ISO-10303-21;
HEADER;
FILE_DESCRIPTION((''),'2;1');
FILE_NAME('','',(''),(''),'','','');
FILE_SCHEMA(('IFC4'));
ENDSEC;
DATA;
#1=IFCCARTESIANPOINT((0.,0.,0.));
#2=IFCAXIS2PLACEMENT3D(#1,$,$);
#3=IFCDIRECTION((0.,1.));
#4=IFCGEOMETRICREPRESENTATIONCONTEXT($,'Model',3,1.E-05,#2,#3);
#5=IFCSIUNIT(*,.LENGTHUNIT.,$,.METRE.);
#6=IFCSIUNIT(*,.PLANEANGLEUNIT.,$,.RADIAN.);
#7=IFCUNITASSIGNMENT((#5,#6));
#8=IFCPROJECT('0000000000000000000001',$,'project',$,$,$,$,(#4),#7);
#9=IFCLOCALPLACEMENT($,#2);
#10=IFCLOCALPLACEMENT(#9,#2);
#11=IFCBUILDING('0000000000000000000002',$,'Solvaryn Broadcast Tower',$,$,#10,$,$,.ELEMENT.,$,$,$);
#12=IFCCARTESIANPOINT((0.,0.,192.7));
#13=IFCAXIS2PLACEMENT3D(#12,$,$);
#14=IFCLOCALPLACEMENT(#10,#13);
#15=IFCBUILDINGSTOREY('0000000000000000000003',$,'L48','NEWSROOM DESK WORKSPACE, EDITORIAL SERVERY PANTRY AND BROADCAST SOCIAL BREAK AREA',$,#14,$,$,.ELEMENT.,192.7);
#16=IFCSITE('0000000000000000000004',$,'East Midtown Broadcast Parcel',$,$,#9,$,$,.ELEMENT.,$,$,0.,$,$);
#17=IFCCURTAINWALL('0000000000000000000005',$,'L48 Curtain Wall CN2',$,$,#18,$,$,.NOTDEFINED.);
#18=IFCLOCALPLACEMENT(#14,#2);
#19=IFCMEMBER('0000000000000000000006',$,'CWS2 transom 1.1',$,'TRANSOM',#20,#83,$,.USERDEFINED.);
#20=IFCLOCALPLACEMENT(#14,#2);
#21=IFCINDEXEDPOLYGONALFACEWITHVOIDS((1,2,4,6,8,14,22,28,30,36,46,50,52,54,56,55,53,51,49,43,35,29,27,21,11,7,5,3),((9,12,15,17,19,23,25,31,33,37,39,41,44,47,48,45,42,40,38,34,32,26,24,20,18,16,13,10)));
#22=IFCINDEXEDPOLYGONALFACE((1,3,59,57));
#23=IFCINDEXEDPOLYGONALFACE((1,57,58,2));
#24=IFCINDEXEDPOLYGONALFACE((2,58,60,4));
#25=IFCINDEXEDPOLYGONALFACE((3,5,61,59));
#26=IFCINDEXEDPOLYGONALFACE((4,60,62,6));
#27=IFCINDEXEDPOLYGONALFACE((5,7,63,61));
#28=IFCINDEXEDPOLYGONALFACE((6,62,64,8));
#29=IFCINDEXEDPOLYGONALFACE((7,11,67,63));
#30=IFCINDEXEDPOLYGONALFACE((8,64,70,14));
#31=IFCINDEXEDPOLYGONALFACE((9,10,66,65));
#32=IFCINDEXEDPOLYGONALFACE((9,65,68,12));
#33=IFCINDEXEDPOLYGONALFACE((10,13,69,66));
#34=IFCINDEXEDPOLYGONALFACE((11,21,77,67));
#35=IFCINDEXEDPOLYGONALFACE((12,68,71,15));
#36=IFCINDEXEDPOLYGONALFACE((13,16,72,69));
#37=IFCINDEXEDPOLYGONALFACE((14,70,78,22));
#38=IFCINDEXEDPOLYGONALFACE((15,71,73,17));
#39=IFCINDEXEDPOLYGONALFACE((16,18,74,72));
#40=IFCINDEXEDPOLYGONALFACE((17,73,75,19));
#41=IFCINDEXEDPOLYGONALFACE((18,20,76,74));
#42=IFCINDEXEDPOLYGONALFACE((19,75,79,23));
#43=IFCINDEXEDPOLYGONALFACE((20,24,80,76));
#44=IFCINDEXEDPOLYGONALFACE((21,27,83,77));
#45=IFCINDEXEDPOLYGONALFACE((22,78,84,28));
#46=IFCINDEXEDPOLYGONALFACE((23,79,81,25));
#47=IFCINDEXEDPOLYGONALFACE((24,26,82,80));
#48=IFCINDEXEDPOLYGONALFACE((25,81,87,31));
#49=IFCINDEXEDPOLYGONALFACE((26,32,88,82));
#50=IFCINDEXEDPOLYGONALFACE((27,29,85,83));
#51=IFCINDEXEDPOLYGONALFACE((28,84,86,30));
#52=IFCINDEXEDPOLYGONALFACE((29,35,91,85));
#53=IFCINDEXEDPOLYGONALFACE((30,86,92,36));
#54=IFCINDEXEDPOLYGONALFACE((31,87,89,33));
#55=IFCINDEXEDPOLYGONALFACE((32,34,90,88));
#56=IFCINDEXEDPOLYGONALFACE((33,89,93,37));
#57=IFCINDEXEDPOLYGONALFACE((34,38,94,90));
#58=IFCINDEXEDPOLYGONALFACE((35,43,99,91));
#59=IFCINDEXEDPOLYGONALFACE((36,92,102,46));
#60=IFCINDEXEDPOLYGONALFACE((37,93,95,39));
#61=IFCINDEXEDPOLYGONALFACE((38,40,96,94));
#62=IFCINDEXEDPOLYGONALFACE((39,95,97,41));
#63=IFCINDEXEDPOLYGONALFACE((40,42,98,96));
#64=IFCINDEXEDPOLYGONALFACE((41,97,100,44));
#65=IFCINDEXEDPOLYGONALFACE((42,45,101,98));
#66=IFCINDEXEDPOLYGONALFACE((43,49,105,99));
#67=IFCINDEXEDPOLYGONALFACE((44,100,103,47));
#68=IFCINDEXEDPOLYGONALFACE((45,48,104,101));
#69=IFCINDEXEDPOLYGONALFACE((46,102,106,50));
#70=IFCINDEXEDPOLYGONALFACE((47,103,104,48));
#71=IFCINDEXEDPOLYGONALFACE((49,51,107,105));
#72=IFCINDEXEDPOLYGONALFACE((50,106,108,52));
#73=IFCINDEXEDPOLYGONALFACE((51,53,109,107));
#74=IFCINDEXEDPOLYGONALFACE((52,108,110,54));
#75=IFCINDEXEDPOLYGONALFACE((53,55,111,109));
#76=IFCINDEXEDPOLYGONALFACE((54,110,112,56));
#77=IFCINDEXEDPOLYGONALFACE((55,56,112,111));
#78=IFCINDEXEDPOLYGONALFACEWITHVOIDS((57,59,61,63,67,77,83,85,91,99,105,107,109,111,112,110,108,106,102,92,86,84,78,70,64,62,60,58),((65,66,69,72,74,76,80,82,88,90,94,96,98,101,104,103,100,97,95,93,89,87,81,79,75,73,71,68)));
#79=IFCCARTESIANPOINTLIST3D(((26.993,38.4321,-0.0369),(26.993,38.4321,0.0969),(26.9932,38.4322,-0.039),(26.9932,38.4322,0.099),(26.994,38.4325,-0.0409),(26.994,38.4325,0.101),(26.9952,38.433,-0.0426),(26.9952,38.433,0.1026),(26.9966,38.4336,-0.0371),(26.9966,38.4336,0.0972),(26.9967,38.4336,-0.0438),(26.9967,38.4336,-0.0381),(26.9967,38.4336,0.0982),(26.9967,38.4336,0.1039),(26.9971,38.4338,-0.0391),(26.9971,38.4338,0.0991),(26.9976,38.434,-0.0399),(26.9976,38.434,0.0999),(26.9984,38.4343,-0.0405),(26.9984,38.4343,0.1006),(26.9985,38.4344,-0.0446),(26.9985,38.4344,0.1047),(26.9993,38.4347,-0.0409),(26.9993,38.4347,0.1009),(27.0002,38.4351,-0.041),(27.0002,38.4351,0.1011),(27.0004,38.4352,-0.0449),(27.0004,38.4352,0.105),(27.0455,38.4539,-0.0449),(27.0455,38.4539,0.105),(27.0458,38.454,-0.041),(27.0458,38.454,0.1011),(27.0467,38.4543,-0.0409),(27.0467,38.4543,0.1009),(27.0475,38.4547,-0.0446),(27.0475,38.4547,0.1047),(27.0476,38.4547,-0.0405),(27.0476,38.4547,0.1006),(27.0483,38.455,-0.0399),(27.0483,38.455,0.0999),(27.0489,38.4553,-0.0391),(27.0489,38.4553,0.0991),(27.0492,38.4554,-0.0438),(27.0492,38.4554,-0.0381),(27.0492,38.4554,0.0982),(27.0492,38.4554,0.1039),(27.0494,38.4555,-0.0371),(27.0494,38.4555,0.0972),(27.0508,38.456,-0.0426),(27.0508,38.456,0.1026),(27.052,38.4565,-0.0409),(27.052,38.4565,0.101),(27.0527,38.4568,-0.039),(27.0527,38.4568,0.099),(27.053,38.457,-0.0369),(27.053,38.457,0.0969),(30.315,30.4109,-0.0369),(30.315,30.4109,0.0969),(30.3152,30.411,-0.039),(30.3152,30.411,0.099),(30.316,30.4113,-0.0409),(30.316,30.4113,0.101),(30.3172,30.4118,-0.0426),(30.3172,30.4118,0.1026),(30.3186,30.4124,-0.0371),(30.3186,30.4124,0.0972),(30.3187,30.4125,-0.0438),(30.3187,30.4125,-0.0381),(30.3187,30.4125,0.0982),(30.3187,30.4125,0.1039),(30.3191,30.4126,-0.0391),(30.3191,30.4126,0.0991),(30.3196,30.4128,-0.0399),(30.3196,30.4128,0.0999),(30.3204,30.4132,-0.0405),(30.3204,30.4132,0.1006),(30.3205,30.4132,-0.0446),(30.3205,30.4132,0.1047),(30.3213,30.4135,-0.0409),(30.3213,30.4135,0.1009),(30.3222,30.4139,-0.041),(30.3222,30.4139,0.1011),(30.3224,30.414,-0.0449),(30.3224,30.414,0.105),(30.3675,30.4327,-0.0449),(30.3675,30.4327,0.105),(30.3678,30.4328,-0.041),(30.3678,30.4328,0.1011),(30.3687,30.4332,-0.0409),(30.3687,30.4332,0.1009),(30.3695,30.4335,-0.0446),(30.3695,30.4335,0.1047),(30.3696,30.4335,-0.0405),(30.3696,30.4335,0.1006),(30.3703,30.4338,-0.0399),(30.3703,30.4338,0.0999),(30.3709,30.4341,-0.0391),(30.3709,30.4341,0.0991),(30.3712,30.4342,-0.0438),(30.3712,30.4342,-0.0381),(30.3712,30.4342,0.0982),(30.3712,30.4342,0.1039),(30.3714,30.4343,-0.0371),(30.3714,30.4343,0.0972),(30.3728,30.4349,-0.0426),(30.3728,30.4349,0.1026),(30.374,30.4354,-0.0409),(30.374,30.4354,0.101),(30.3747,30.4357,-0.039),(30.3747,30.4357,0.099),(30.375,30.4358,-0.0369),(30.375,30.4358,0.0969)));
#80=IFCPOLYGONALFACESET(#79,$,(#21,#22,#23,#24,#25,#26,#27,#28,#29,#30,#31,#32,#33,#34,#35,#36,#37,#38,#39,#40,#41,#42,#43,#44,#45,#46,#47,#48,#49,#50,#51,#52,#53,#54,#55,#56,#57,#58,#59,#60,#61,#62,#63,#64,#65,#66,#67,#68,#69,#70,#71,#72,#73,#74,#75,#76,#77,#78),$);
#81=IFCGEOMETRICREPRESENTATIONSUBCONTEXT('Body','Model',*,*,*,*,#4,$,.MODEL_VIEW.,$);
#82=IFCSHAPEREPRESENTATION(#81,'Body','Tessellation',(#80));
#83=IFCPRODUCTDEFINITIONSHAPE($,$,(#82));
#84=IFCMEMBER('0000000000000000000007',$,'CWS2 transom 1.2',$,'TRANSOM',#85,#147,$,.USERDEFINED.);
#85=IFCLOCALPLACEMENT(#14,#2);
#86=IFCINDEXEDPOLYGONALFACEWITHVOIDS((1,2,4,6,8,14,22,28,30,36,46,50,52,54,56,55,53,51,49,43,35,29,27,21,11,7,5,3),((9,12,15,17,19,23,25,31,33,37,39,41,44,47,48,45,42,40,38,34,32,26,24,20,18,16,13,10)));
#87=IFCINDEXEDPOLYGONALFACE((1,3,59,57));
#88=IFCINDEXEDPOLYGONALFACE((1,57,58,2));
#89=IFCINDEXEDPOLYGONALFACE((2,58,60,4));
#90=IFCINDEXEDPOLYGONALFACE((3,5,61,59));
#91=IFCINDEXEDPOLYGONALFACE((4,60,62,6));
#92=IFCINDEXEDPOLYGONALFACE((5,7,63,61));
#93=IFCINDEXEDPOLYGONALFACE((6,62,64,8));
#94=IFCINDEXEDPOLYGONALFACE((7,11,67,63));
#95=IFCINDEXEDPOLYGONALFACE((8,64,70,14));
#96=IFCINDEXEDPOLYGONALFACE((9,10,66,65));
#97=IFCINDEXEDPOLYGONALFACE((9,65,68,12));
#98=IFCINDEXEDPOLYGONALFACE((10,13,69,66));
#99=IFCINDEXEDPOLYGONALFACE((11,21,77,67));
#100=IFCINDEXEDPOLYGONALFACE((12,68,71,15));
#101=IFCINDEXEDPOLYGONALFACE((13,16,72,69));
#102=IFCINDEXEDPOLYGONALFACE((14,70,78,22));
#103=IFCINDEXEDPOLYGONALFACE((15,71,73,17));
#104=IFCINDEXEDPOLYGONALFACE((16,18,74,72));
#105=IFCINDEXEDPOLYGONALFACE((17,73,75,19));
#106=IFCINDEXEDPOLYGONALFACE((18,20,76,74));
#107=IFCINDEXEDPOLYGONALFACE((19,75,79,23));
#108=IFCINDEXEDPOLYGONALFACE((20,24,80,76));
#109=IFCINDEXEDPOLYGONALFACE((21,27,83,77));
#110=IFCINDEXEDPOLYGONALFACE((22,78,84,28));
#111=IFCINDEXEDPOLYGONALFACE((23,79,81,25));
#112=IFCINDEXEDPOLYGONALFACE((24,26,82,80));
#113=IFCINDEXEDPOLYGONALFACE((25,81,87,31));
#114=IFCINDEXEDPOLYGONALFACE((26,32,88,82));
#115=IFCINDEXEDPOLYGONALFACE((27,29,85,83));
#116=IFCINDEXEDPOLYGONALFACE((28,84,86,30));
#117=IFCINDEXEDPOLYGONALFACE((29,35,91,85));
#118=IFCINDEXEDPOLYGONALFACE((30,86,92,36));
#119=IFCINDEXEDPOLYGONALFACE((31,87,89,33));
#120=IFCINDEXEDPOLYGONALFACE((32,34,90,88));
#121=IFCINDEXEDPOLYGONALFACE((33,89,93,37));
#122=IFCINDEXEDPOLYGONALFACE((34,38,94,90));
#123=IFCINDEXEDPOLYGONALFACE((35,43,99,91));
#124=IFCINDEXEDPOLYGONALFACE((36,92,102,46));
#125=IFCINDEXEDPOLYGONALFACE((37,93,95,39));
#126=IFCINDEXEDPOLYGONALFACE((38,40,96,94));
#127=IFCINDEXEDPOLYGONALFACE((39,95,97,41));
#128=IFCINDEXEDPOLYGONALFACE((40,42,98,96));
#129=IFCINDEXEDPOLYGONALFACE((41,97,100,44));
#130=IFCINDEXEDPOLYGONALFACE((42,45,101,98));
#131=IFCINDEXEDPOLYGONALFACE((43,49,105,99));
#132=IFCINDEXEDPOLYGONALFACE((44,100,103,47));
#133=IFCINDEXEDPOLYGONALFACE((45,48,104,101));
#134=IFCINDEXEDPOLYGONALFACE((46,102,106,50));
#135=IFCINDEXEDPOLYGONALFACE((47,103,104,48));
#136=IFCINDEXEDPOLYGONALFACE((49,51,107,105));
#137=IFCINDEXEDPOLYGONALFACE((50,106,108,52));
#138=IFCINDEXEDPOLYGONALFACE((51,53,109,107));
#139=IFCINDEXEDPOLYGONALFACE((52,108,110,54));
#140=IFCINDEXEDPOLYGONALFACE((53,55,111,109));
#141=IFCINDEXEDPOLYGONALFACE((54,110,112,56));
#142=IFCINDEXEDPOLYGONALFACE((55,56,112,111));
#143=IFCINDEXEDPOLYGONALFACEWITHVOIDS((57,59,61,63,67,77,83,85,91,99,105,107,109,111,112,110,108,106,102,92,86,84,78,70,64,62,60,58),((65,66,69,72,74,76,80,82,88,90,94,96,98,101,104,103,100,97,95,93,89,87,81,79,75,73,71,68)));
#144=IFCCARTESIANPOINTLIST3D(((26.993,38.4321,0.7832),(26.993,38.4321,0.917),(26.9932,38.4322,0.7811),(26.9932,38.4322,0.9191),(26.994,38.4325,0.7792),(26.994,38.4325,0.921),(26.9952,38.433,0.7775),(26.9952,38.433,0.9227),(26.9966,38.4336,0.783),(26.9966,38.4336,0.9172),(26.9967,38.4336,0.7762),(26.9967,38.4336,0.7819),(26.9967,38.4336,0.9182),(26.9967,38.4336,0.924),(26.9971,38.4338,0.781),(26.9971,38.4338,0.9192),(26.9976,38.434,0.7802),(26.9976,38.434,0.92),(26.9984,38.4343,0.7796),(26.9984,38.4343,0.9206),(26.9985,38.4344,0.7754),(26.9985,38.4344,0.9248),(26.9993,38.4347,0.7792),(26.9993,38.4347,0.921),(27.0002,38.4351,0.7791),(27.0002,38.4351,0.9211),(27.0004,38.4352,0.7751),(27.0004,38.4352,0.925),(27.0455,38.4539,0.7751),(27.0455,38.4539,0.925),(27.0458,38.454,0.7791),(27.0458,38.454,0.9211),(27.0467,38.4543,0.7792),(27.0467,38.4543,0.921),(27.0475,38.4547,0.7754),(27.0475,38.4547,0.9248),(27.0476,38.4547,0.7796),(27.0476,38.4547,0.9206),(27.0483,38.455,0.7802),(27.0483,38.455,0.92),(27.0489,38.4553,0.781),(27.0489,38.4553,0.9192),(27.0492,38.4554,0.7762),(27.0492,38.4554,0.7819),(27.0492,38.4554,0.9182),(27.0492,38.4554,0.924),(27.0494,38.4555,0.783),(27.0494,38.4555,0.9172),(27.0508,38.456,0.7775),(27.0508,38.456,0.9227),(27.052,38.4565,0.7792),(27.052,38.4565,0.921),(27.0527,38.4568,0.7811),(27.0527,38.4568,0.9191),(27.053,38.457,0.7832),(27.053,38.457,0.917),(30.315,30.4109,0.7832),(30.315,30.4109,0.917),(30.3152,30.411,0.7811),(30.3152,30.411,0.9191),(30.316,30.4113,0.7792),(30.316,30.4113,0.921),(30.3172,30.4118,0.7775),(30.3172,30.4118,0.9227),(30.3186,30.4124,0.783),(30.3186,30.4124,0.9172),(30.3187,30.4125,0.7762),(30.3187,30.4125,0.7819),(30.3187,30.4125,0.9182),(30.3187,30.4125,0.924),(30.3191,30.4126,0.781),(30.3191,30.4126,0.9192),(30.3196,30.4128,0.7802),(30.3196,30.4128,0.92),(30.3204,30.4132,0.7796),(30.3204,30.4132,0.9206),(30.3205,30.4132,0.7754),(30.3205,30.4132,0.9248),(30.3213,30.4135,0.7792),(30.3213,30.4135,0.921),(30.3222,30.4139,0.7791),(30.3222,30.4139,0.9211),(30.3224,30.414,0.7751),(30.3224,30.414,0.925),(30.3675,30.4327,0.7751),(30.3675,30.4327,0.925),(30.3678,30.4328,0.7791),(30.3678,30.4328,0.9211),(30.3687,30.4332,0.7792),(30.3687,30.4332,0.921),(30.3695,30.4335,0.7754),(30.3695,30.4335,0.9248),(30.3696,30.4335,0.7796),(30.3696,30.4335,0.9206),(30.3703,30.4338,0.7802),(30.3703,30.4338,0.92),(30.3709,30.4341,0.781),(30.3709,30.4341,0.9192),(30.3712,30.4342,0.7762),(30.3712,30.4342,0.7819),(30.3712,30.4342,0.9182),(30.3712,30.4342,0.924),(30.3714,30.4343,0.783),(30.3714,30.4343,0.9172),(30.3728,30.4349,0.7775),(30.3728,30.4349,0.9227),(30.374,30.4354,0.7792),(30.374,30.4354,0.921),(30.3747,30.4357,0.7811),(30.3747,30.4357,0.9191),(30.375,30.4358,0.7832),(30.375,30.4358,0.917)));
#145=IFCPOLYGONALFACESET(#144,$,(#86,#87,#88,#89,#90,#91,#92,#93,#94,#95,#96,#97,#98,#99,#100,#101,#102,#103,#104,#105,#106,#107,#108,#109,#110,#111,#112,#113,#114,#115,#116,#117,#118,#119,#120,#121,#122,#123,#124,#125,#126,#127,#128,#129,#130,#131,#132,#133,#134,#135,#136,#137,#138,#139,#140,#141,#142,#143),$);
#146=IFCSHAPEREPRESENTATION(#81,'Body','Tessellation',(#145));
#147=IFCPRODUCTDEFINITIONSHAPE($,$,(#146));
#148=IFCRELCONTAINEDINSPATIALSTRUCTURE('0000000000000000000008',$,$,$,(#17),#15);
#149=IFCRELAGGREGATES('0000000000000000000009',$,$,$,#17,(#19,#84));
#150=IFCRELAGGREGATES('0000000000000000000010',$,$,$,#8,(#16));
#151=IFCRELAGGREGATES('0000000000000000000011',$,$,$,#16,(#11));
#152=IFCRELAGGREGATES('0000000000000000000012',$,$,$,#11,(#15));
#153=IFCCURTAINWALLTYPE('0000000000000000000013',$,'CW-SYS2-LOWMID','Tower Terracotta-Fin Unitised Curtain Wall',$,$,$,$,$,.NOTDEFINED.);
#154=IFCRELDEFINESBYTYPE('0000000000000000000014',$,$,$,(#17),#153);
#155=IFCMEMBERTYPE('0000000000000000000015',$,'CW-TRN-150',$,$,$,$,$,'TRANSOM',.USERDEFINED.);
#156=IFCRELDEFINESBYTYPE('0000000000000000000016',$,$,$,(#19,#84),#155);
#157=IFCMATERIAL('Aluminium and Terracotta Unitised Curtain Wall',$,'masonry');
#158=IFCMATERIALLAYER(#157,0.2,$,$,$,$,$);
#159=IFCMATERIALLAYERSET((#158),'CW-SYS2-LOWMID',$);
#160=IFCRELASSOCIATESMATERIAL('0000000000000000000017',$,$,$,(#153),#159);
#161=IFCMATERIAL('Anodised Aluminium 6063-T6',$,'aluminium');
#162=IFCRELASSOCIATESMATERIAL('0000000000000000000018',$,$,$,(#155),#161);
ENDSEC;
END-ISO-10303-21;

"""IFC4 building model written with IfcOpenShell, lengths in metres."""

from ifc_helpers import new_model, si_unit, direction, frame, origin, origin_2d, place, context, subcontext, project, spatial, hollow_rectangle, extrude, material, layer, layer_set, material_profile, profile_set, type_object, element, aggregate, save


model = new_model("IFC4")

# Units and contexts
model_context = context("Model", 3, precision=1e-05, world=origin(), true_north=direction((0.0, 1.0)))
body_context = subcontext(model_context, "Body", "Model", "MODEL_VIEW")
ifc_project = project(units=[si_unit("LENGTHUNIT", "METRE"), si_unit("PLANEANGLEUNIT", "RADIAN")], contexts=[model_context])

# Site, building, storey
site_placement = place(None, origin())
site = spatial("IfcSite", under=ifc_project, at=site_placement, Name="East Midtown Broadcast Parcel", CompositionType="ELEMENT", RefElevation=0.0)
building_placement = place(site_placement, origin())
building = spatial("IfcBuilding", under=site, at=building_placement, Name="Solvaryn Broadcast Tower", CompositionType="ELEMENT")
storey_placement = place(building_placement, frame((0.0, 0.0, 192.7)))
storey = spatial("IfcBuildingStorey", under=building, at=storey_placement, Name="L48", Description="NEWSROOM DESK WORKSPACE, EDITORIAL SERVERY PANTRY AND BROADCAST SOCIAL BREAK AREA", CompositionType="ELEMENT", Elevation=192.7)

# Shared definitions
ifc_material_1 = material(Name="Aluminium and Terracotta Unitised Curtain Wall", Category="masonry")
ifc_layer_1 = layer(ifc_material_1, 0.2)
ifc_layer_set_1 = layer_set([ifc_layer_1], Name="CW-SYS2-LOWMID")
curtain_wall_type = type_object("IfcCurtainWallType", Name="CW-SYS2-LOWMID", Description="Tower Terracotta-Fin Unitised Curtain Wall", PredefinedType="NOTDEFINED", material=ifc_layer_set_1)

# Curtain wall, members
curtain_wall_1_placement = place(storey_placement, origin())
curtain_wall_1 = element("IfcCurtainWall", 1, at=curtain_wall_1_placement, inside=storey, type_object=curtain_wall_type, Name="L48 Curtain Wall CN2", PredefinedType="NOTDEFINED")
ifc_material_2 = material(Name="Anodised Aluminium 6063-T6", Category="aluminium")
ifc_material_profile_1 = material_profile(ifc_material_2, hollow_rectangle(XDim=0.0649, YDim=0.1499, WallThickness=0.0039, InnerFilletRadius=0.0039, OuterFilletRadius=0.0081, at=origin_2d()))
ifc_profile_set_1 = profile_set([ifc_material_profile_1], Name="Anodised Aluminium 6063-T6")
member_type_1 = type_object("IfcMemberType", Name="CW-TRN-150", ElementType="TRANSOM", PredefinedType="USERDEFINED", material=ifc_profile_set_1)
member_1_placement = place(storey_placement, frame((30.345, 30.4233, 0.03), z_axis=(-0.382636, 0.923899, 0.0), x_axis=(-0.923899, -0.382636, 0.0)))
member_1 = element("IfcMember", 2, at=member_1_placement, type_object=member_type_1, Name="CWS2 transom 1.1", ObjectType="TRANSOM", PredefinedType="USERDEFINED", context=body_context, shape_type="SweptSolid", body=[
    extrude(hollow_rectangle(XDim=0.0649, YDim=0.1499, WallThickness=0.0039, InnerFilletRadius=0.0039, OuterFilletRadius=0.0081, at=origin_2d()), origin(), (0.0, 0.0, 1.0), 8.6819),
])
member_2_placement = place(storey_placement, frame((30.345, 30.4233, 0.8501), z_axis=(-0.382636, 0.923899, 0.0), x_axis=(-0.923899, -0.382636, 0.0)))
member_2 = element("IfcMember", 3, at=member_2_placement, type_object=member_type_1, Name="CWS2 transom 1.2", ObjectType="TRANSOM", PredefinedType="USERDEFINED", context=body_context, shape_type="SweptSolid", body=[
    extrude(hollow_rectangle(XDim=0.0649, YDim=0.1499, WallThickness=0.0039, InnerFilletRadius=0.0039, OuterFilletRadius=0.0081, at=origin_2d()), origin(), (0.0, 0.0, 1.0), 8.6819),
])

aggregate(curtain_wall_1, [member_1, member_2])

save(model, "model.ifc")
